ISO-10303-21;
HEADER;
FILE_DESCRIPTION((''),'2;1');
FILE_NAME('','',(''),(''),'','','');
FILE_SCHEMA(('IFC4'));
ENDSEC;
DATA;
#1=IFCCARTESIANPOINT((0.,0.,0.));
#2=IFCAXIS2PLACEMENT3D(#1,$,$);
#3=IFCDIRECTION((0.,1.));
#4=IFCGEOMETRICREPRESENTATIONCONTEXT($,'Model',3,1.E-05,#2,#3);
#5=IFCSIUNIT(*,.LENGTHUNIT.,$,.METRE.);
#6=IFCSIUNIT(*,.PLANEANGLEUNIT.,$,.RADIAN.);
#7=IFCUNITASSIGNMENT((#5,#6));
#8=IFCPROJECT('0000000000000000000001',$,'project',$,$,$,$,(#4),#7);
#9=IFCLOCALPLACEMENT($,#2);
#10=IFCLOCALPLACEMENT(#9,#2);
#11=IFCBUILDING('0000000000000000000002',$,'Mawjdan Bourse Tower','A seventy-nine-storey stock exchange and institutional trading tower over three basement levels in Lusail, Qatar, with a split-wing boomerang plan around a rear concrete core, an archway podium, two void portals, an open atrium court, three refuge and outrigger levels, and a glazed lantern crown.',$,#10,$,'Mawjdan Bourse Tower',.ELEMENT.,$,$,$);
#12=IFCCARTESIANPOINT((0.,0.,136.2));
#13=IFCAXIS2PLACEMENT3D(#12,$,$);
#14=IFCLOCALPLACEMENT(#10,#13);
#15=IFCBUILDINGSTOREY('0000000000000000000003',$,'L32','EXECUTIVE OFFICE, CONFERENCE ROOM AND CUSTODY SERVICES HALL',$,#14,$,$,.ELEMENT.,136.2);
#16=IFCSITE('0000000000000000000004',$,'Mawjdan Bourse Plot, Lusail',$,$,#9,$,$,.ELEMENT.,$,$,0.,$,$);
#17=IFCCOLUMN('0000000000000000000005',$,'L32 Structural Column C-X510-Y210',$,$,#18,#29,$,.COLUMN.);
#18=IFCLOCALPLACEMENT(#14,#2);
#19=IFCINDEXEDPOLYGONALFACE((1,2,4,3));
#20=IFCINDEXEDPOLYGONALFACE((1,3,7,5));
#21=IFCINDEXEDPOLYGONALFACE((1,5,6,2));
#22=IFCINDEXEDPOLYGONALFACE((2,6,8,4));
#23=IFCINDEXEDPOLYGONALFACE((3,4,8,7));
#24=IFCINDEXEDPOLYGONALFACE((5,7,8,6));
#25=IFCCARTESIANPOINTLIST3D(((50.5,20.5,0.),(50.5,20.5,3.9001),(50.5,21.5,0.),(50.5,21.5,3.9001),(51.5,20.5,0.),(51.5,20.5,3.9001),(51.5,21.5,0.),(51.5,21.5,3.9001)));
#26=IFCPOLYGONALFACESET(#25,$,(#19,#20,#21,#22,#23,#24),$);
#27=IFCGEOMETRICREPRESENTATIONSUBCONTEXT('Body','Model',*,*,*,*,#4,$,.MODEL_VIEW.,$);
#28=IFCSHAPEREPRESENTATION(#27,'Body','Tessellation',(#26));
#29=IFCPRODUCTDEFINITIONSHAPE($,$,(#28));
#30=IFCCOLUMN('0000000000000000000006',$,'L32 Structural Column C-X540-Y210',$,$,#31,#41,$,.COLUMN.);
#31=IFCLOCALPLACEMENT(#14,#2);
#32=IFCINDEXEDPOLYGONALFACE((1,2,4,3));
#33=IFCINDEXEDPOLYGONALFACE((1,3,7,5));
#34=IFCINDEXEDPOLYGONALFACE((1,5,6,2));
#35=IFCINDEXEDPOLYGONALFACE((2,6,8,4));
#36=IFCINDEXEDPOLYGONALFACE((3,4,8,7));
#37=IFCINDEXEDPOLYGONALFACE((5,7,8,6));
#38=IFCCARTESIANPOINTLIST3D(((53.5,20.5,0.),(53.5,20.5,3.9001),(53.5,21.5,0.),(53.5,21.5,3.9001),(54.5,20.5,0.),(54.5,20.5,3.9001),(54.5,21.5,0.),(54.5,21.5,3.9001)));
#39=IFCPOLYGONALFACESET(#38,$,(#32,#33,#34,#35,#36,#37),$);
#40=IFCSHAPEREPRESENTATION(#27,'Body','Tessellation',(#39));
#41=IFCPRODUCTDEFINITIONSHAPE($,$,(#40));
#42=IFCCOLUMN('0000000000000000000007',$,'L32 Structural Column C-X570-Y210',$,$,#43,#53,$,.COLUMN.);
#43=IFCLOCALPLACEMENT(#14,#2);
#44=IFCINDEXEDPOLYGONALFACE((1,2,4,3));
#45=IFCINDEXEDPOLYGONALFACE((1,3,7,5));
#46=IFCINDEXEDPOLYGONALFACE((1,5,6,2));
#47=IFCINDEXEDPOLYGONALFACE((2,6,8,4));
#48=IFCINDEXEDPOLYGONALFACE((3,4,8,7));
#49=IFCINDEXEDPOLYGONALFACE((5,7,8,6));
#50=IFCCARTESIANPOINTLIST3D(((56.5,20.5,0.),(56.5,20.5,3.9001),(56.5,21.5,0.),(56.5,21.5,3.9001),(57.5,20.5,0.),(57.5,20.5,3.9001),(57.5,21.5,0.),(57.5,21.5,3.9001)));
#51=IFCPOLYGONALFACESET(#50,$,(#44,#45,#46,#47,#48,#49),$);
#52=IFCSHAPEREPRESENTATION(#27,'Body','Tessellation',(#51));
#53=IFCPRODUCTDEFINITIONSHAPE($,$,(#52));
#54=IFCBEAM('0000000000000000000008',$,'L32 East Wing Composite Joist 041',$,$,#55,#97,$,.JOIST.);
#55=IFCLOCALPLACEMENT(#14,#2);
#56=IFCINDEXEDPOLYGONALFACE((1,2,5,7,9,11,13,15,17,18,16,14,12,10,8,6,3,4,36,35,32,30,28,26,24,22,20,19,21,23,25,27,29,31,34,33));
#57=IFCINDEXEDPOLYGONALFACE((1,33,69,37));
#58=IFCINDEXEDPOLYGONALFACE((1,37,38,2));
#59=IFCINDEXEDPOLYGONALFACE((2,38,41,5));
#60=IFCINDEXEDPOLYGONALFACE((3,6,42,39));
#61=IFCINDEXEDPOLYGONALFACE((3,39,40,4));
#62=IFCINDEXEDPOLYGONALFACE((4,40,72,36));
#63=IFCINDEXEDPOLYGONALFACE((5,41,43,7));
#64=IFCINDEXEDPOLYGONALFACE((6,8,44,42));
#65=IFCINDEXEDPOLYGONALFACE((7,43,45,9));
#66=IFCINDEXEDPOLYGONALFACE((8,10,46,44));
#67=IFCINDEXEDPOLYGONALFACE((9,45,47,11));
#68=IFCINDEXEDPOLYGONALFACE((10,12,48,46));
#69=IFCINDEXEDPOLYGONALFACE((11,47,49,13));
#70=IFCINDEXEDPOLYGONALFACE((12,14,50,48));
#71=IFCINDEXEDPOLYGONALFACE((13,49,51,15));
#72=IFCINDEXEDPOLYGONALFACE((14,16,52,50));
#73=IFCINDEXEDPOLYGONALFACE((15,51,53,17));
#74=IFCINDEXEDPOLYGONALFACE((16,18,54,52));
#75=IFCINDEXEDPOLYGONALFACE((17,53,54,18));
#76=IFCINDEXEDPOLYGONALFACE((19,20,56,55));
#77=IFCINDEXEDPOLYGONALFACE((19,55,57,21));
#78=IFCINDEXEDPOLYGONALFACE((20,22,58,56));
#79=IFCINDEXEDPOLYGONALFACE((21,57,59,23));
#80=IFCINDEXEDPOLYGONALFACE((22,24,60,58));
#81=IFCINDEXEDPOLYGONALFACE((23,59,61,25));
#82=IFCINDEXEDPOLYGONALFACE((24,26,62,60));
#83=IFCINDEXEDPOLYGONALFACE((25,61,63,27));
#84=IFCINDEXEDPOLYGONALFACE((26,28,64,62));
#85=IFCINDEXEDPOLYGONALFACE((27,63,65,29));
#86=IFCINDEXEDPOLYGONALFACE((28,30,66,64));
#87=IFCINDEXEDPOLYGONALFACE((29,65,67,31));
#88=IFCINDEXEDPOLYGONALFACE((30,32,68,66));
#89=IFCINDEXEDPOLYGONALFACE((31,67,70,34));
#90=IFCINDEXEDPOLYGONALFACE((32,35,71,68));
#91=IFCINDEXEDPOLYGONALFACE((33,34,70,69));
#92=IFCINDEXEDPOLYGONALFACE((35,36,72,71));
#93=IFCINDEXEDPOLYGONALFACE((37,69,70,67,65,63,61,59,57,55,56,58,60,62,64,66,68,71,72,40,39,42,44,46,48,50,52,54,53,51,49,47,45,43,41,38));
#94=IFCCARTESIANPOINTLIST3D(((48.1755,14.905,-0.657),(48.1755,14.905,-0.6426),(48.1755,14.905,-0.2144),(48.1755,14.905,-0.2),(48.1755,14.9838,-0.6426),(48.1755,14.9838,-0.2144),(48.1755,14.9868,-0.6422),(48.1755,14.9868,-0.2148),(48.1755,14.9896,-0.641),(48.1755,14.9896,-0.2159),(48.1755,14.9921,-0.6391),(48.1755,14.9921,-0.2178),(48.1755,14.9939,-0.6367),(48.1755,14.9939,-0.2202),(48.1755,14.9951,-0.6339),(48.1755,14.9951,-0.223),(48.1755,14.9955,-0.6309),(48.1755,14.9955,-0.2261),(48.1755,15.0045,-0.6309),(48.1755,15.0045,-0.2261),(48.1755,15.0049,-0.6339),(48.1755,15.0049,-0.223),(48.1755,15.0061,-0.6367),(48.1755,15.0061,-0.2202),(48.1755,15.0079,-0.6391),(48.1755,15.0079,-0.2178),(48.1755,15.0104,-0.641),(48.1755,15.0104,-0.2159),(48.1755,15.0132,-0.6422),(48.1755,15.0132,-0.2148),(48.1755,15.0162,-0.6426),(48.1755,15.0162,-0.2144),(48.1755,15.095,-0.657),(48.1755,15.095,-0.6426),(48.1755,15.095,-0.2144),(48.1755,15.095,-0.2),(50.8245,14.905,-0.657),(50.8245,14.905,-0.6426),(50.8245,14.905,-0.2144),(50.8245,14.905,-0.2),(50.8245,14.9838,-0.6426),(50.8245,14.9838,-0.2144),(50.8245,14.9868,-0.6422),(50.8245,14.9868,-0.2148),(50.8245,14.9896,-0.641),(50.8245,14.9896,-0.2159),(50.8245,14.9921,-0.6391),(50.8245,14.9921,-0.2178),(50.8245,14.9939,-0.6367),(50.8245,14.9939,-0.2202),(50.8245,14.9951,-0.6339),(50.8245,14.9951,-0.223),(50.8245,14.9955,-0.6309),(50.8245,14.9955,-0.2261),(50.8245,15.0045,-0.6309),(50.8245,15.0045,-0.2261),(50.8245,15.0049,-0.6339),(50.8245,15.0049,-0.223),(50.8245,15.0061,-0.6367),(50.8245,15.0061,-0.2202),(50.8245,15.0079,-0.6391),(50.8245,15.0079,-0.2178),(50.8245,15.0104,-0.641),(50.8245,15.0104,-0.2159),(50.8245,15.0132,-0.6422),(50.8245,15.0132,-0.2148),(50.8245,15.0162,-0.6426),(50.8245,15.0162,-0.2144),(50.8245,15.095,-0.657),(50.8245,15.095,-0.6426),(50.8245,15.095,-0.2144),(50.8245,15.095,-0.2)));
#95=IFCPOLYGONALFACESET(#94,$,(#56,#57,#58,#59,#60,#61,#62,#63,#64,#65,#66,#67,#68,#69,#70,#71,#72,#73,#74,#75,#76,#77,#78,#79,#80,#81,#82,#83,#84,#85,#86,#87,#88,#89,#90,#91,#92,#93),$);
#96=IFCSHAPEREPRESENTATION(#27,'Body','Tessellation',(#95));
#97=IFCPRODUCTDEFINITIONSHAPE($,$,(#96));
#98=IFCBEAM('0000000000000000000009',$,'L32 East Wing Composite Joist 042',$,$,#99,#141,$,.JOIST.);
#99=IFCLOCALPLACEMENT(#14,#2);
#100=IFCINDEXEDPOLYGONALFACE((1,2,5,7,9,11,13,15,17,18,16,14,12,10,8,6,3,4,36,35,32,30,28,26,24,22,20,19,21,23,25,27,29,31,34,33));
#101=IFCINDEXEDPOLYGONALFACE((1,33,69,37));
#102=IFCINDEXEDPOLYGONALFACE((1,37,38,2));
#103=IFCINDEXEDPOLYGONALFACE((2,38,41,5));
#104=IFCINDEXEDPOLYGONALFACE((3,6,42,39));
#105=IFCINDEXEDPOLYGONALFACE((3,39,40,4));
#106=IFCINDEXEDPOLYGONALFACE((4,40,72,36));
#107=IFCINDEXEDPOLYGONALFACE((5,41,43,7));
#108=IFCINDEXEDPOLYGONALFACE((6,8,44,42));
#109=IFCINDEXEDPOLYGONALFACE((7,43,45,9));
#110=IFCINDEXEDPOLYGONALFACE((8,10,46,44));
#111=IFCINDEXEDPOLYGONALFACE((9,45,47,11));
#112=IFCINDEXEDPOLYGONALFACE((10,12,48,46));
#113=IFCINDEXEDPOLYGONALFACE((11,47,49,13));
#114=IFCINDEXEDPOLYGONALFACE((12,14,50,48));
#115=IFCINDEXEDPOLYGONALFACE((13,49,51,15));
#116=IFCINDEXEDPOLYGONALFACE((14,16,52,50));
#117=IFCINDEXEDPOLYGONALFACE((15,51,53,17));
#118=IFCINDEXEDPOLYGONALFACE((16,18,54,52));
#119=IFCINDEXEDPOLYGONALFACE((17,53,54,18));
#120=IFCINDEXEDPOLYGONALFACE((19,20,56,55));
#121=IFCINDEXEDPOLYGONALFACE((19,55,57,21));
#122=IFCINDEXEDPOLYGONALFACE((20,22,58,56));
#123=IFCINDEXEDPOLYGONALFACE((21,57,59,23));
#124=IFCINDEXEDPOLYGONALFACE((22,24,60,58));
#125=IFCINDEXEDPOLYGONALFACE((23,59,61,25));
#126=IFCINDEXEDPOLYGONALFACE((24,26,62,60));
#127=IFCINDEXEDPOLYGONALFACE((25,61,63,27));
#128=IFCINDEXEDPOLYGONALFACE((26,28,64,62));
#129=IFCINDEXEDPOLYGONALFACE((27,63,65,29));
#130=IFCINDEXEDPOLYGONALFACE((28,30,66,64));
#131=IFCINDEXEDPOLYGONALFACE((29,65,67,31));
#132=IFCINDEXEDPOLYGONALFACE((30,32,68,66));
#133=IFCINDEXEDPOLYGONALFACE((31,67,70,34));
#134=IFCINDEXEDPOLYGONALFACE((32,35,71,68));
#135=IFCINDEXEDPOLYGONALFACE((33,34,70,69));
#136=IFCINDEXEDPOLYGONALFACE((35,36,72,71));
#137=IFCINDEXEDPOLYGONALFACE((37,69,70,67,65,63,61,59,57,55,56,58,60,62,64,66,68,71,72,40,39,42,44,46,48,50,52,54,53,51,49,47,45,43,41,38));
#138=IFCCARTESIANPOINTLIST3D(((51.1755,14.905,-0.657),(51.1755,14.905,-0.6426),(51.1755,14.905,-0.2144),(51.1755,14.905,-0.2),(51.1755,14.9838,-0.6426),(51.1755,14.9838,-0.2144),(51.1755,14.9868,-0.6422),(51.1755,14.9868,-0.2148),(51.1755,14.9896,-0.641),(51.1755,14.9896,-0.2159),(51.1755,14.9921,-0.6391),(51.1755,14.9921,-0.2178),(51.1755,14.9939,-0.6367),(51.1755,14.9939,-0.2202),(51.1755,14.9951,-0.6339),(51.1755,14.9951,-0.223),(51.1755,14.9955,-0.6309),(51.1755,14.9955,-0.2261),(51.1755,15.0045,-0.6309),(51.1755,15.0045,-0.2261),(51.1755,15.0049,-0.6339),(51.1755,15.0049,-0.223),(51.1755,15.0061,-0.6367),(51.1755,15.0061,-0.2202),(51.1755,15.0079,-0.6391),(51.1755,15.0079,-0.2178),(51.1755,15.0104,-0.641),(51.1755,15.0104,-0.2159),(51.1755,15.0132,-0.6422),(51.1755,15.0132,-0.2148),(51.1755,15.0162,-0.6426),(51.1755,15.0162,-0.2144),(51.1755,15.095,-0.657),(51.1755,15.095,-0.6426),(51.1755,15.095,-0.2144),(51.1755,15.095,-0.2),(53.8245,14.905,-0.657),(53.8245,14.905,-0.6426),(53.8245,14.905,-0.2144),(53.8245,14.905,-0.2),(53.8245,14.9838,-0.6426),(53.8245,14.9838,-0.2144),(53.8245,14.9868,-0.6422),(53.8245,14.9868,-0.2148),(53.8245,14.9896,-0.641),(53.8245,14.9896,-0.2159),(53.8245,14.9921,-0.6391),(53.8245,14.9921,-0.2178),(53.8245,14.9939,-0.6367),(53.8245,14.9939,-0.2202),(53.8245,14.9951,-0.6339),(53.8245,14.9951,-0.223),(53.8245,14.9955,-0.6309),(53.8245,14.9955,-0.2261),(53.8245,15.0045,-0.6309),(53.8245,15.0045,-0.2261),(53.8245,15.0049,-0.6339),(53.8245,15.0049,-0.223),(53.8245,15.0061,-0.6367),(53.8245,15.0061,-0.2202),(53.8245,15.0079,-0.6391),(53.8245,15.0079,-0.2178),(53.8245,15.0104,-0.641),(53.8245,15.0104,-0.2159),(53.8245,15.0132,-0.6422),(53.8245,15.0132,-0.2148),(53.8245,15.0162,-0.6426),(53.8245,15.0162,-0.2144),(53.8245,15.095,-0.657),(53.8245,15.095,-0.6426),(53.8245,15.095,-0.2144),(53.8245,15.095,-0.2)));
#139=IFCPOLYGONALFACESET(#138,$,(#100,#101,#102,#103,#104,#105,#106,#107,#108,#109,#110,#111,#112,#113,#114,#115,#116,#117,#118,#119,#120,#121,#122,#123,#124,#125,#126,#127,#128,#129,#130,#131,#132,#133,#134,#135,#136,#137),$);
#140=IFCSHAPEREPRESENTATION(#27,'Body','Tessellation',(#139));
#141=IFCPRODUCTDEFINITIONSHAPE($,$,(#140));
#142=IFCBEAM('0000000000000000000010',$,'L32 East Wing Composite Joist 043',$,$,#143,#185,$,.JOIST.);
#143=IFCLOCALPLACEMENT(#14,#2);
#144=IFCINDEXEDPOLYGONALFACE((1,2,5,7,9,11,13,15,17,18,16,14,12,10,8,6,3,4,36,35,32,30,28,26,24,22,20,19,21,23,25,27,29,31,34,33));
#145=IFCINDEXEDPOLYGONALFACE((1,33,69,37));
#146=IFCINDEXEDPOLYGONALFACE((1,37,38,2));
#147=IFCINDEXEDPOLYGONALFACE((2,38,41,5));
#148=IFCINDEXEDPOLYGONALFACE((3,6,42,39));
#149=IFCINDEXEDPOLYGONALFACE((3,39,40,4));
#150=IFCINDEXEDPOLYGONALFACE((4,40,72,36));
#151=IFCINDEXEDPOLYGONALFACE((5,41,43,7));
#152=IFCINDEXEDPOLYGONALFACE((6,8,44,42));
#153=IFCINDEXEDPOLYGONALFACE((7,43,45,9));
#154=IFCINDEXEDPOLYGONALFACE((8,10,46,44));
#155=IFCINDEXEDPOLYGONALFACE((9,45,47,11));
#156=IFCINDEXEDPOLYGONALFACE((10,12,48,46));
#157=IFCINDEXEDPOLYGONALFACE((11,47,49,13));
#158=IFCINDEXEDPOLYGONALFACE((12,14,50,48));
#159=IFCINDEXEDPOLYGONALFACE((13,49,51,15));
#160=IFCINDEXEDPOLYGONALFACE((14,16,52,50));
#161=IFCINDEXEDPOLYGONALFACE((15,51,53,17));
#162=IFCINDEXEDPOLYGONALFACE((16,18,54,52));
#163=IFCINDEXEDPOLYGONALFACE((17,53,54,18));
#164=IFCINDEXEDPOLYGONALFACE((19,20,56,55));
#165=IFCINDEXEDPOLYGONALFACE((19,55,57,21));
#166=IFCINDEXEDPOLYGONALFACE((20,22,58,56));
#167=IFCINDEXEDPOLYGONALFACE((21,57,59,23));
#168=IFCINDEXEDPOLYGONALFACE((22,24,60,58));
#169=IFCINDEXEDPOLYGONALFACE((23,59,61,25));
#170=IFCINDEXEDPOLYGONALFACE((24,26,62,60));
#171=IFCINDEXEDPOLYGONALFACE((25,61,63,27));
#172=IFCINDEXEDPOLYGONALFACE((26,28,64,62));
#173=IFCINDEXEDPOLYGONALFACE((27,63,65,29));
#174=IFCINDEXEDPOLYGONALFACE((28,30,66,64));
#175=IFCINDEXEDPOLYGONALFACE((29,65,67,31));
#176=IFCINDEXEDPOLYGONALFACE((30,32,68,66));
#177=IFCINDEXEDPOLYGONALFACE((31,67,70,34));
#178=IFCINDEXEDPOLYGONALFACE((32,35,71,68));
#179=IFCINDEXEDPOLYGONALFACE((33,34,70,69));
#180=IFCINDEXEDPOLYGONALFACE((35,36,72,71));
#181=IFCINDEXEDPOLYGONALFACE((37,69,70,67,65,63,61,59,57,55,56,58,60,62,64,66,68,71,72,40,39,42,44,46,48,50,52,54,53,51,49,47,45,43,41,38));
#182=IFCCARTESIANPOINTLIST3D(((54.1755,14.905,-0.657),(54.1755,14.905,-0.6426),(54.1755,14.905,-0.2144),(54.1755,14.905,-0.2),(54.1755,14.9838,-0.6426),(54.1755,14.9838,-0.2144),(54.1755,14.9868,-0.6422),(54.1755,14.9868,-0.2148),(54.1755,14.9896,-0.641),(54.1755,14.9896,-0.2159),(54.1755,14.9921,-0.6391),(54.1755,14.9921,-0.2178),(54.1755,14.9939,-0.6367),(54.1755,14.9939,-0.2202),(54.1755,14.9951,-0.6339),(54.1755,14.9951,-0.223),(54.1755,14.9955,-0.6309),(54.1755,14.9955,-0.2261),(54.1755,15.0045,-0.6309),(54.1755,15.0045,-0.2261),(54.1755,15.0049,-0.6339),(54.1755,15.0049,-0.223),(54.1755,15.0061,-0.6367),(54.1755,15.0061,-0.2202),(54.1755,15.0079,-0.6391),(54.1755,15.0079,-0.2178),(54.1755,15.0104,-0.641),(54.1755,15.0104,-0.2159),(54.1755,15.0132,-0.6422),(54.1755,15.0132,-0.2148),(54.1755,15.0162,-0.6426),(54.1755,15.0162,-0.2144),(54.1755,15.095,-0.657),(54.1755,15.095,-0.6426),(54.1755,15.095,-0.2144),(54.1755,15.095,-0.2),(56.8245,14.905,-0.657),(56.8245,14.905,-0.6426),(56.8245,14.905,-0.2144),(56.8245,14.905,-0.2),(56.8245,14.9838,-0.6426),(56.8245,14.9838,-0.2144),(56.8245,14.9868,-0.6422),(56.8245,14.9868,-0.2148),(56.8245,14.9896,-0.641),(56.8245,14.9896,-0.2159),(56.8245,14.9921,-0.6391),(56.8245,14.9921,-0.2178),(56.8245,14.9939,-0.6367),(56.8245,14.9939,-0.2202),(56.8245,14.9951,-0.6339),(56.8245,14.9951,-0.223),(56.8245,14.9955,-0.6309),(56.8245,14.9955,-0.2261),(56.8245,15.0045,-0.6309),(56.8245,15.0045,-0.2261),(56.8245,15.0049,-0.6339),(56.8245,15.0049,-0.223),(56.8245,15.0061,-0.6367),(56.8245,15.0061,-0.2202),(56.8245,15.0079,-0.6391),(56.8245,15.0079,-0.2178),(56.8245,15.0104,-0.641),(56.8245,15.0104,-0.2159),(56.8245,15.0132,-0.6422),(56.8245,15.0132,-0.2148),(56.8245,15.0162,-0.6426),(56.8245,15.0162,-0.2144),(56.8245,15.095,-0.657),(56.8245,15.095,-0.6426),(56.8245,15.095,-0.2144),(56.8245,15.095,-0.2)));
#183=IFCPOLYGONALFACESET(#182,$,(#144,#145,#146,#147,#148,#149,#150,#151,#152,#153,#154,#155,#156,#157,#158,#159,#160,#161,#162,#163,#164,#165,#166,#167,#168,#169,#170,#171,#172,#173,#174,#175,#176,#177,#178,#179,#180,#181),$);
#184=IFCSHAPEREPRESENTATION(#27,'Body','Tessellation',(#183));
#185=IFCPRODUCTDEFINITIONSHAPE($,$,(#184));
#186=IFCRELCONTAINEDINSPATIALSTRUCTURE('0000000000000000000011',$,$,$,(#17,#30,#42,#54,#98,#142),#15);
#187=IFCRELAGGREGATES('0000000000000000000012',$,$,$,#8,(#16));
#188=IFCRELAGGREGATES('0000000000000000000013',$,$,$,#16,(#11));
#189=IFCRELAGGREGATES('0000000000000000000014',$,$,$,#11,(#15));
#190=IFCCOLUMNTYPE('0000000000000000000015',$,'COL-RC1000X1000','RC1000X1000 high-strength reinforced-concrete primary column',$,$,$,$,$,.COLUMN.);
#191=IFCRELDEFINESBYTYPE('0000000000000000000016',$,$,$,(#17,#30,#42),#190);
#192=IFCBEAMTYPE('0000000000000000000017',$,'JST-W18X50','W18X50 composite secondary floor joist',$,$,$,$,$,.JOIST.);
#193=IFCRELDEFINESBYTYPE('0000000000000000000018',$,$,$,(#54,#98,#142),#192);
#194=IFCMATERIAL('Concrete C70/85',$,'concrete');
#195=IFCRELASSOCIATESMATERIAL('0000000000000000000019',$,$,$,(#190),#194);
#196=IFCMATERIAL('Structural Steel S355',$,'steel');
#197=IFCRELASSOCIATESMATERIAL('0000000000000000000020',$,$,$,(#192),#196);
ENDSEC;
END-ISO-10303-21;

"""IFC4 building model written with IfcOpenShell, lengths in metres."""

from ifc_helpers import new_model, si_unit, direction, frame, origin, origin_2d, place, context, subcontext, project, spatial, rectangle, i_section, extrude, material, material_profile, profile_set, type_object, element, save


model = new_model("IFC4")

# Units and contexts
model_context = context("Model", 3, precision=1e-05, world=origin(), true_north=direction((0.0, 1.0)))
body_context = subcontext(model_context, "Body", "Model", "MODEL_VIEW")
ifc_project = project(units=[si_unit("LENGTHUNIT", "METRE"), si_unit("PLANEANGLEUNIT", "RADIAN")], contexts=[model_context])

# Site, building, storey
site_placement = place(None, origin())
site = spatial("IfcSite", under=ifc_project, at=site_placement, Name="Mawjdan Bourse Plot, Lusail", CompositionType="ELEMENT", RefElevation=0.0)
building_placement = place(site_placement, origin())
building = spatial("IfcBuilding", under=site, at=building_placement, Name="Mawjdan Bourse Tower", Description="A seventy-nine-storey stock exchange and institutional trading tower over three basement levels in Lusail, Qatar, with a split-wing boomerang plan around a rear concrete core, an archway podium, two void portals, an open atrium court, three refuge and outrigger levels, and a glazed lantern crown.", LongName="Mawjdan Bourse Tower", CompositionType="ELEMENT")
storey_placement = place(building_placement, frame((0.0, 0.0, 136.2)))
storey = spatial("IfcBuildingStorey", under=building, at=storey_placement, Name="L32", Description="EXECUTIVE OFFICE, CONFERENCE ROOM AND CUSTODY SERVICES HALL", CompositionType="ELEMENT", Elevation=136.2)

# Columns
ifc_material_1 = material(Name="Concrete C70/85", Category="concrete")
ifc_material_profile_1 = material_profile(ifc_material_1, rectangle(XDim=1.0, YDim=1.0, at=origin_2d()), Name="RC1000X1000")
ifc_profile_set_1 = profile_set([ifc_material_profile_1], Name="Concrete C70/85")
column_type = type_object("IfcColumnType", Name="COL-RC1000X1000", Description="RC1000X1000 high-strength reinforced-concrete primary column", PredefinedType="COLUMN", material=ifc_profile_set_1)
for number, where, z_axis, x_axis, name in (
    (1, (51.0, 21.0, 0.0), (0.0, 0.0, 1.0), (1.0, 0.0, 0.0), "L32 Structural Column C-X510-Y210"),
    (2, (54.0, 21.0, 0.0), (0.0, 0.0, 1.0), (1.0, 0.0, 0.0), "L32 Structural Column C-X540-Y210"),
    (3, (57.0, 21.0, 0.0), (0.0, 0.0, 1.0), (1.0, 0.0, 0.0), "L32 Structural Column C-X570-Y210"),
):
    element("IfcColumn", number, at=place(storey_placement, frame(where, z_axis=z_axis, x_axis=x_axis)), inside=storey, type_object=column_type, Name=name, PredefinedType="COLUMN", context=body_context, shape_type="SweptSolid", body=[
        extrude(rectangle(XDim=1.0, YDim=1.0, at=origin_2d()), origin(), (0.0, 0.0, 1.0), 3.9001),
    ])

# Beams
ifc_material_2 = material(Name="Structural Steel S355", Category="steel")
ifc_material_profile_2 = material_profile(ifc_material_2, i_section(OverallWidth=0.1899, OverallDepth=0.457, WebThickness=0.009, FlangeThickness=0.0144, FilletRadius=0.0117, at=origin_2d()), Name="W18X50")
ifc_profile_set_2 = profile_set([ifc_material_profile_2], Name="Structural Steel S355")
beam_type_1 = type_object("IfcBeamType", Name="JST-W18X50", Description="W18X50 composite secondary floor joist", PredefinedType="JOIST", material=ifc_profile_set_2)
for number, where, z_axis, x_axis, name in (
    (4, (48.1755, 15.0, -0.4285), (1.0, 0.0, 0.0), (0.0, 1.0, 0.0), "L32 East Wing Composite Joist 041"),
    (5, (51.1755, 15.0, -0.4285), (1.0, 0.0, 0.0), (0.0, 1.0, 0.0), "L32 East Wing Composite Joist 042"),
    (6, (54.1755, 15.0, -0.4285), (1.0, 0.0, 0.0), (0.0, 1.0, 0.0), "L32 East Wing Composite Joist 043"),
):
    element("IfcBeam", number, at=place(storey_placement, frame(where, z_axis=z_axis, x_axis=x_axis)), inside=storey, type_object=beam_type_1, Name=name, PredefinedType="JOIST", context=body_context, shape_type="SweptSolid", body=[
        extrude(i_section(OverallWidth=0.1899, OverallDepth=0.457, WebThickness=0.009, FlangeThickness=0.0144, FilletRadius=0.0117, at=origin_2d()), origin(), (0.0, 0.0, 1.0), 2.6489),
    ])

save(model, "model.ifc")
